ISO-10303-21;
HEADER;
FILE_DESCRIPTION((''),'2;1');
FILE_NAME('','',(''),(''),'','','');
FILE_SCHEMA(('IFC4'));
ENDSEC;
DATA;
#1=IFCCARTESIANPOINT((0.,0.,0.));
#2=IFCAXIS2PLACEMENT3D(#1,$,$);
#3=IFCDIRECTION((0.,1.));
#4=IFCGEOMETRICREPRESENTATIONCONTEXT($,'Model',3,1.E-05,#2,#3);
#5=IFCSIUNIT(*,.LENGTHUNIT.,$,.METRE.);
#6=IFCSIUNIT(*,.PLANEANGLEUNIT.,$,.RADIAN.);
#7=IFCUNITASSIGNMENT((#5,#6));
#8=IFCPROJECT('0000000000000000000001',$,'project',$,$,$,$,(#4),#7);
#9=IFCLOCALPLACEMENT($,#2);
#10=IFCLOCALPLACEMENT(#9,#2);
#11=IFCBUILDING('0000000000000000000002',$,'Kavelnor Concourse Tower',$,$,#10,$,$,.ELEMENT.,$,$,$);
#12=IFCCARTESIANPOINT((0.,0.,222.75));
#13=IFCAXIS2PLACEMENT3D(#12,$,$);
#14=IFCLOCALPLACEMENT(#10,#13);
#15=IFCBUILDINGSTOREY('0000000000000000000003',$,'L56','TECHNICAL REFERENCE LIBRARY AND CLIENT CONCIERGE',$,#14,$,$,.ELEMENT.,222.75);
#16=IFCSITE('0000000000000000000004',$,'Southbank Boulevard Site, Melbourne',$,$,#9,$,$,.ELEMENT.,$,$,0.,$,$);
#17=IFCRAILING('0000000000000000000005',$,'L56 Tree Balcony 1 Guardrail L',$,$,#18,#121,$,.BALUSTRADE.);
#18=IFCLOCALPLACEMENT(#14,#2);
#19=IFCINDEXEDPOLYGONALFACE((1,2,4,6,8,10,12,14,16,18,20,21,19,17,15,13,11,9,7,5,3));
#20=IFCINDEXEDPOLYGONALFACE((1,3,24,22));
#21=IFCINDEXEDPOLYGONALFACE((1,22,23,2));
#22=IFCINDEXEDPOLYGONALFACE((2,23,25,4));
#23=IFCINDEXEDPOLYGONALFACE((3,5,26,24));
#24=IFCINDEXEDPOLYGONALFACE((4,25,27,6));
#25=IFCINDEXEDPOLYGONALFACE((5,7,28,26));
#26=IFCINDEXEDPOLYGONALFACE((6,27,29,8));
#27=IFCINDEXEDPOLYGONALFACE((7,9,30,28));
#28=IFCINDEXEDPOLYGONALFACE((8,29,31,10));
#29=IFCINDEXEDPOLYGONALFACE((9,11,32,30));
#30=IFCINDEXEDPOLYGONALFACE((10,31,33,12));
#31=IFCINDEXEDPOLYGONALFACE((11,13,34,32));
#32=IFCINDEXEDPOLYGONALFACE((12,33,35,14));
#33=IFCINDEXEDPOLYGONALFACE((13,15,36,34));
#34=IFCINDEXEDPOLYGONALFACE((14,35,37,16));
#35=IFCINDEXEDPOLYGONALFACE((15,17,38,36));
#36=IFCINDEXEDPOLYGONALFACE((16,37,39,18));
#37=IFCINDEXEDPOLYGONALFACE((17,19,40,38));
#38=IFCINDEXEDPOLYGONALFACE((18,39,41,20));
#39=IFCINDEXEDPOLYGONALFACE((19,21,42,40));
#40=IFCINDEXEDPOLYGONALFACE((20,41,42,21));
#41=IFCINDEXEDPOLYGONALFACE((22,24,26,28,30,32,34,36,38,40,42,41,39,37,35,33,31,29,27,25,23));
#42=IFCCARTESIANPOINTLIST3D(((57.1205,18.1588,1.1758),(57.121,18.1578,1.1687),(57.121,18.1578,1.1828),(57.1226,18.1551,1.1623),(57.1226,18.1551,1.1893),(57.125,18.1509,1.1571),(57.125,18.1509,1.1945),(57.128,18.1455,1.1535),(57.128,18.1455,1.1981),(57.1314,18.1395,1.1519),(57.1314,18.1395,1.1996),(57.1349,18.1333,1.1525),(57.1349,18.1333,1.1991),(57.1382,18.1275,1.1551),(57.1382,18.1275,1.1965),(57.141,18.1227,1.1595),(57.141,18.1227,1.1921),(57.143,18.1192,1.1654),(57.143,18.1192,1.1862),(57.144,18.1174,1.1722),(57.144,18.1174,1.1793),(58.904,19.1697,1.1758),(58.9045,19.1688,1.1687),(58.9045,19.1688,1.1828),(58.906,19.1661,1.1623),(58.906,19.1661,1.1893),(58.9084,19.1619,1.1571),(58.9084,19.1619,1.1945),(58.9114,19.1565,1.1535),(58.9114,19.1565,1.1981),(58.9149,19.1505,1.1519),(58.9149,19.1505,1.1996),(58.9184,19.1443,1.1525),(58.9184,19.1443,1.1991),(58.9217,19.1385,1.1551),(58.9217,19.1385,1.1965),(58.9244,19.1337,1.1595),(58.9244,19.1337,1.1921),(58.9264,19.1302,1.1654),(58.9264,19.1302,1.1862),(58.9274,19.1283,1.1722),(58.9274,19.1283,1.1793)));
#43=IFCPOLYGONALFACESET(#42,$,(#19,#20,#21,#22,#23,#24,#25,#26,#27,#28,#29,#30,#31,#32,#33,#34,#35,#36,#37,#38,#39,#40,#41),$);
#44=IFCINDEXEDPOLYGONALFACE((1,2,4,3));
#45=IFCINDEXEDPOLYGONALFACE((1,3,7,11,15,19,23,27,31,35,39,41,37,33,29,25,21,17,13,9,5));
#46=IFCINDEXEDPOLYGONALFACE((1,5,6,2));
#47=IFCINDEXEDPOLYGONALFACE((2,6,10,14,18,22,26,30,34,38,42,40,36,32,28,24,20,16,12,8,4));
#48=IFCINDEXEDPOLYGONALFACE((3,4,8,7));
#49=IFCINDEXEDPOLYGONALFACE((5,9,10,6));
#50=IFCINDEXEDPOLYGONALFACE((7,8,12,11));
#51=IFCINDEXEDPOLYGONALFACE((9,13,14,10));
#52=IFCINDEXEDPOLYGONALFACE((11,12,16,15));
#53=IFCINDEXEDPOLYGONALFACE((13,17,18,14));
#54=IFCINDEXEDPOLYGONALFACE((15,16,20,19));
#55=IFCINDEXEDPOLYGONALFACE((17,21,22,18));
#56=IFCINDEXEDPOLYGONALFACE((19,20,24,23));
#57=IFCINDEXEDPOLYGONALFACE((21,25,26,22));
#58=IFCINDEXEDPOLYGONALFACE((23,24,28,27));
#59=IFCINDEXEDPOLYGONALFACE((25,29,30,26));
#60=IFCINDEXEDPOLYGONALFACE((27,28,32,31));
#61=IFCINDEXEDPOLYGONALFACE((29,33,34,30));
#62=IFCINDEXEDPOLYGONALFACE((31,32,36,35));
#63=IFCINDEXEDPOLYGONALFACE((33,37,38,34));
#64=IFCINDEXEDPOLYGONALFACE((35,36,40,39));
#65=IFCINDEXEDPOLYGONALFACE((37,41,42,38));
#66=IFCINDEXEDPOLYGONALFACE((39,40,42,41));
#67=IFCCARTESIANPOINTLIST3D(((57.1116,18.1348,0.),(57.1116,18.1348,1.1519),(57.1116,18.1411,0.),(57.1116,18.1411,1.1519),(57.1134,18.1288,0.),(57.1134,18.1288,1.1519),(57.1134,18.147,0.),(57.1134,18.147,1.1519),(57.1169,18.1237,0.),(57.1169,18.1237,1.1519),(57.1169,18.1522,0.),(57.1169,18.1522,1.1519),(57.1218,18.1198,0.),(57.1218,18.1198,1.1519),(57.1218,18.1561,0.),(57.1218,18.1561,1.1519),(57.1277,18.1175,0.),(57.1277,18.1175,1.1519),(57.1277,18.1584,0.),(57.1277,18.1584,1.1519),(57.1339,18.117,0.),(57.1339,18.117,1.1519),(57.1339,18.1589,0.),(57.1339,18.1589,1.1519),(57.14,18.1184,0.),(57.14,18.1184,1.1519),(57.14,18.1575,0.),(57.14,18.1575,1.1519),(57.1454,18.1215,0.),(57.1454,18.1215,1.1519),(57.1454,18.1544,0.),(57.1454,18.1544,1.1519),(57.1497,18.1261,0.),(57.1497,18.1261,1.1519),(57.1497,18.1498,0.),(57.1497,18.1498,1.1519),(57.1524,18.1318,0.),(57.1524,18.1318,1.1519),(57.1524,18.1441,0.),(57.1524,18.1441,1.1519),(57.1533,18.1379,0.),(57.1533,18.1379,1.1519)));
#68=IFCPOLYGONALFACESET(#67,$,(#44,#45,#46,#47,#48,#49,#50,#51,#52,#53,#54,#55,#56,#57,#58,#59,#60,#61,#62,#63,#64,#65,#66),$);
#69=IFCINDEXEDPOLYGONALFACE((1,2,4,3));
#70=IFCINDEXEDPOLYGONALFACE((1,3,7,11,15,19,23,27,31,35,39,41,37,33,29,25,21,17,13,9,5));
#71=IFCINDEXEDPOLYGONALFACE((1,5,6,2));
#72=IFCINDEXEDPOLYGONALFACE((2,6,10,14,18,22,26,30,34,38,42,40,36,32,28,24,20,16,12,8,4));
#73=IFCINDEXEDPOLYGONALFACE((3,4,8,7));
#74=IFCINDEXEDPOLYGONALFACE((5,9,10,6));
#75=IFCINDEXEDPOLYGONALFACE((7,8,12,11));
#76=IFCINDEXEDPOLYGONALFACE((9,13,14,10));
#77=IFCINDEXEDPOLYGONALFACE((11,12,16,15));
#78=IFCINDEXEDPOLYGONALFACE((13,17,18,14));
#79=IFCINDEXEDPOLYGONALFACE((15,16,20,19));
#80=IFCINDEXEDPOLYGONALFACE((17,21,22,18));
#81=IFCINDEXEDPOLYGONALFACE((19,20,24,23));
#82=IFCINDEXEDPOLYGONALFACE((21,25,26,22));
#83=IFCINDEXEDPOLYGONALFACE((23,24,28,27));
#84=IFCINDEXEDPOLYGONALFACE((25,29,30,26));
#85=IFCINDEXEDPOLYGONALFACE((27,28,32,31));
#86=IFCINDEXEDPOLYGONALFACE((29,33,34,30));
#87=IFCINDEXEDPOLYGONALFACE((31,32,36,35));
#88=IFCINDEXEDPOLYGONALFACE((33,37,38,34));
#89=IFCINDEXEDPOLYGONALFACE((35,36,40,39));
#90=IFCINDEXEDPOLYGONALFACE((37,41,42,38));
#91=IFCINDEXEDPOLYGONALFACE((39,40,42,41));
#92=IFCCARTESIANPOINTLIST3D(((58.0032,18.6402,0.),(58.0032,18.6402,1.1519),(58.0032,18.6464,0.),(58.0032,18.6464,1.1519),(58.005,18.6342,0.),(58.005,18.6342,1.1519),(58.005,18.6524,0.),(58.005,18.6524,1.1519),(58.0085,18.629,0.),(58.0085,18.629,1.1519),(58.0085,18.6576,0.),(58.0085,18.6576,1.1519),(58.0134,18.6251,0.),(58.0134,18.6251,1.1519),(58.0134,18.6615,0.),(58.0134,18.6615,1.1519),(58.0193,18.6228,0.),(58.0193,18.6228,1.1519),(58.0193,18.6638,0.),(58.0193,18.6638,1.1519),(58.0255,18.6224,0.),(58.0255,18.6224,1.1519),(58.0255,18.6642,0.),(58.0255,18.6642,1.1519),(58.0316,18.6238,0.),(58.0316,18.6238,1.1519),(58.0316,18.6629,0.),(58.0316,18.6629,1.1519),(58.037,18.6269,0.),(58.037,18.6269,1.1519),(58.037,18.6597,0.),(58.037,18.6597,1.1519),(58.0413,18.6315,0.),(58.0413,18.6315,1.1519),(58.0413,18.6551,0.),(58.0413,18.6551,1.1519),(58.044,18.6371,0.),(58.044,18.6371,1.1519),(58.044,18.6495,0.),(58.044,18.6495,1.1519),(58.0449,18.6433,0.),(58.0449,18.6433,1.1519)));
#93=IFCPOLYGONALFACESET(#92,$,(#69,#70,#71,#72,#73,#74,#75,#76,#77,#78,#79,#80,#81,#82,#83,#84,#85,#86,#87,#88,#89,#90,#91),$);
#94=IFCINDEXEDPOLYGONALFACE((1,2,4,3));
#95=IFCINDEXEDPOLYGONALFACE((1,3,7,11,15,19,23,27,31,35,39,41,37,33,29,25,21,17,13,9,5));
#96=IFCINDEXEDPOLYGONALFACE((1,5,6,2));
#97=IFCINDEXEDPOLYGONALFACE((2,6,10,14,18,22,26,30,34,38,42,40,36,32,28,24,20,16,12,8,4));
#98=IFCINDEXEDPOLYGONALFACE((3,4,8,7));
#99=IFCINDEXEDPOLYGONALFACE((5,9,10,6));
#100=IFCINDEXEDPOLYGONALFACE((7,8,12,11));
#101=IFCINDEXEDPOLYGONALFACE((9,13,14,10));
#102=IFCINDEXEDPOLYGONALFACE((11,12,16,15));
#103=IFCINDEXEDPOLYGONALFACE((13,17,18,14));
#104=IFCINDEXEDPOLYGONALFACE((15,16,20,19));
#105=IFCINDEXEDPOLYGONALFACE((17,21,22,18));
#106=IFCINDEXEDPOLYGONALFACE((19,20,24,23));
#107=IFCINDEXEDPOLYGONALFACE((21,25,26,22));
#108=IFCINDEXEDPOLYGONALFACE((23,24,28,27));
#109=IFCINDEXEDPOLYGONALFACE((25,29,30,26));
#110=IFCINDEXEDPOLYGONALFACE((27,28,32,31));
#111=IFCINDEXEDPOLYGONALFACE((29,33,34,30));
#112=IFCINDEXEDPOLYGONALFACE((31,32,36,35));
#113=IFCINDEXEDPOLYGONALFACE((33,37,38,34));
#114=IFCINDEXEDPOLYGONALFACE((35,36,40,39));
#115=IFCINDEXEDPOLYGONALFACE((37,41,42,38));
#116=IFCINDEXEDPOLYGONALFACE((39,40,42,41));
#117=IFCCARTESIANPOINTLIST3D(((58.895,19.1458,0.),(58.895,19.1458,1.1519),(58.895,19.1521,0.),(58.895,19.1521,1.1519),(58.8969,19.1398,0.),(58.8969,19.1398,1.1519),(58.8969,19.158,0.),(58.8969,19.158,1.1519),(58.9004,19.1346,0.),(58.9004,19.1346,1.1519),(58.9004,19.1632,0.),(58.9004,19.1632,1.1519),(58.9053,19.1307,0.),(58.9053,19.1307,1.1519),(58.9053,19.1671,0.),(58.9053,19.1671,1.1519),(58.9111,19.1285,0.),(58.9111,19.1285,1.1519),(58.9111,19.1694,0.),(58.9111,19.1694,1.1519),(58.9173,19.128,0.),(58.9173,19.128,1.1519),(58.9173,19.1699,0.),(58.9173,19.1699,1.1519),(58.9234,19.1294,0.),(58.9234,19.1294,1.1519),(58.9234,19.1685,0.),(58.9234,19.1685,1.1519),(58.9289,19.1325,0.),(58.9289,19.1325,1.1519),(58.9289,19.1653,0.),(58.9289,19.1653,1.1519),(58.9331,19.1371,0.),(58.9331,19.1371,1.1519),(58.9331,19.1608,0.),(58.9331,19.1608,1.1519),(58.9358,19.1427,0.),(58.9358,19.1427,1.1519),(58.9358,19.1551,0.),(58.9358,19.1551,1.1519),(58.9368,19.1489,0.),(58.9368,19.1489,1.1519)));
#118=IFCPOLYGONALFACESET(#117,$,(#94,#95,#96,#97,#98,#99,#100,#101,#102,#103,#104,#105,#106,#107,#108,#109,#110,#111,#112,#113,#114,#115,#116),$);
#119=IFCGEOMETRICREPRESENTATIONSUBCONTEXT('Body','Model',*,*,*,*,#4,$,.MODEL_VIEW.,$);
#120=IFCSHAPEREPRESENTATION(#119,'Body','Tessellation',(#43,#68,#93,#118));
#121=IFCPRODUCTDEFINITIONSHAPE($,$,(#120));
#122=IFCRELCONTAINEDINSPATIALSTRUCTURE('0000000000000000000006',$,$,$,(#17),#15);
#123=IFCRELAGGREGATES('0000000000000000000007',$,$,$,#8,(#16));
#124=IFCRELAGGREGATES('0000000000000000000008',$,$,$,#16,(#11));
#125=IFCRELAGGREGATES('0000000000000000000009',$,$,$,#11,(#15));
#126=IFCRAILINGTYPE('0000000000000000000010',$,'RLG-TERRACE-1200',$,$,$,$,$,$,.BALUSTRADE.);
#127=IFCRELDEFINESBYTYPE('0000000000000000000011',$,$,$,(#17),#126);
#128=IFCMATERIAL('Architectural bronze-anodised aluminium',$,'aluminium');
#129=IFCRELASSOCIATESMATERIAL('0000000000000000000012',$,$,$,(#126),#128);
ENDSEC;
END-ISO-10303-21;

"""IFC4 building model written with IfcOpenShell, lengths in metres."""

from ifc_helpers import new_model, si_unit, direction, frame, origin, origin_2d, place, context, subcontext, project, spatial, circle, extrude, material, type_object, element, save


model = new_model("IFC4")

# Units and contexts
model_context = context("Model", 3, precision=1e-05, world=origin(), true_north=direction((0.0, 1.0)))
body_context = subcontext(model_context, "Body", "Model", "MODEL_VIEW")
ifc_project = project(units=[si_unit("LENGTHUNIT", "METRE"), si_unit("PLANEANGLEUNIT", "RADIAN")], contexts=[model_context])

# Site, building, storey
site_placement = place(None, origin())
site = spatial("IfcSite", under=ifc_project, at=site_placement, Name="Southbank Boulevard Site, Melbourne", CompositionType="ELEMENT", RefElevation=0.0)
building_placement = place(site_placement, origin())
building = spatial("IfcBuilding", under=site, at=building_placement, Name="Kavelnor Concourse Tower", CompositionType="ELEMENT")
storey_placement = place(building_placement, frame((0.0, 0.0, 222.75)))
storey = spatial("IfcBuildingStorey", under=building, at=storey_placement, Name="L56", Description="TECHNICAL REFERENCE LIBRARY AND CLIENT CONCIERGE", CompositionType="ELEMENT", Elevation=222.75)

# Railing
ifc_material_1 = material(Name="Architectural bronze-anodised aluminium", Category="aluminium")
railing_type_1 = type_object("IfcRailingType", Name="RLG-TERRACE-1200", PredefinedType="BALUSTRADE", material=ifc_material_1)
railing_1_placement = place(storey_placement, frame((57.1323, 18.1379, 0.0)))
element("IfcRailing", 1, at=railing_1_placement, inside=storey, type_object=railing_type_1, Name="L56 Tree Balcony 1 Guardrail L", PredefinedType="BALUSTRADE", context=body_context, shape_type="SweptSolid", body=[
    extrude(circle(Radius=0.0239, at=origin_2d()), frame((0.0, 0.0, 1.1758), z_axis=(0.869946, 0.493148, 0.0), x_axis=(-0.493148, 0.869946, 0.0)), (0.0, 0.0, 1.0), 2.05),
    extrude(circle(Radius=0.021, at=origin_2d()), origin(), (0.0, 0.0, 1.0), 1.1519),
    extrude(circle(Radius=0.021, at=origin_2d()), frame((0.8916, 0.5054, 0.0)), (0.0, 0.0, 1.0), 1.1519),
    extrude(circle(Radius=0.021, at=origin_2d()), frame((1.7834, 1.011, 0.0)), (0.0, 0.0, 1.0), 1.1519),
])

save(model, "model.ifc")
